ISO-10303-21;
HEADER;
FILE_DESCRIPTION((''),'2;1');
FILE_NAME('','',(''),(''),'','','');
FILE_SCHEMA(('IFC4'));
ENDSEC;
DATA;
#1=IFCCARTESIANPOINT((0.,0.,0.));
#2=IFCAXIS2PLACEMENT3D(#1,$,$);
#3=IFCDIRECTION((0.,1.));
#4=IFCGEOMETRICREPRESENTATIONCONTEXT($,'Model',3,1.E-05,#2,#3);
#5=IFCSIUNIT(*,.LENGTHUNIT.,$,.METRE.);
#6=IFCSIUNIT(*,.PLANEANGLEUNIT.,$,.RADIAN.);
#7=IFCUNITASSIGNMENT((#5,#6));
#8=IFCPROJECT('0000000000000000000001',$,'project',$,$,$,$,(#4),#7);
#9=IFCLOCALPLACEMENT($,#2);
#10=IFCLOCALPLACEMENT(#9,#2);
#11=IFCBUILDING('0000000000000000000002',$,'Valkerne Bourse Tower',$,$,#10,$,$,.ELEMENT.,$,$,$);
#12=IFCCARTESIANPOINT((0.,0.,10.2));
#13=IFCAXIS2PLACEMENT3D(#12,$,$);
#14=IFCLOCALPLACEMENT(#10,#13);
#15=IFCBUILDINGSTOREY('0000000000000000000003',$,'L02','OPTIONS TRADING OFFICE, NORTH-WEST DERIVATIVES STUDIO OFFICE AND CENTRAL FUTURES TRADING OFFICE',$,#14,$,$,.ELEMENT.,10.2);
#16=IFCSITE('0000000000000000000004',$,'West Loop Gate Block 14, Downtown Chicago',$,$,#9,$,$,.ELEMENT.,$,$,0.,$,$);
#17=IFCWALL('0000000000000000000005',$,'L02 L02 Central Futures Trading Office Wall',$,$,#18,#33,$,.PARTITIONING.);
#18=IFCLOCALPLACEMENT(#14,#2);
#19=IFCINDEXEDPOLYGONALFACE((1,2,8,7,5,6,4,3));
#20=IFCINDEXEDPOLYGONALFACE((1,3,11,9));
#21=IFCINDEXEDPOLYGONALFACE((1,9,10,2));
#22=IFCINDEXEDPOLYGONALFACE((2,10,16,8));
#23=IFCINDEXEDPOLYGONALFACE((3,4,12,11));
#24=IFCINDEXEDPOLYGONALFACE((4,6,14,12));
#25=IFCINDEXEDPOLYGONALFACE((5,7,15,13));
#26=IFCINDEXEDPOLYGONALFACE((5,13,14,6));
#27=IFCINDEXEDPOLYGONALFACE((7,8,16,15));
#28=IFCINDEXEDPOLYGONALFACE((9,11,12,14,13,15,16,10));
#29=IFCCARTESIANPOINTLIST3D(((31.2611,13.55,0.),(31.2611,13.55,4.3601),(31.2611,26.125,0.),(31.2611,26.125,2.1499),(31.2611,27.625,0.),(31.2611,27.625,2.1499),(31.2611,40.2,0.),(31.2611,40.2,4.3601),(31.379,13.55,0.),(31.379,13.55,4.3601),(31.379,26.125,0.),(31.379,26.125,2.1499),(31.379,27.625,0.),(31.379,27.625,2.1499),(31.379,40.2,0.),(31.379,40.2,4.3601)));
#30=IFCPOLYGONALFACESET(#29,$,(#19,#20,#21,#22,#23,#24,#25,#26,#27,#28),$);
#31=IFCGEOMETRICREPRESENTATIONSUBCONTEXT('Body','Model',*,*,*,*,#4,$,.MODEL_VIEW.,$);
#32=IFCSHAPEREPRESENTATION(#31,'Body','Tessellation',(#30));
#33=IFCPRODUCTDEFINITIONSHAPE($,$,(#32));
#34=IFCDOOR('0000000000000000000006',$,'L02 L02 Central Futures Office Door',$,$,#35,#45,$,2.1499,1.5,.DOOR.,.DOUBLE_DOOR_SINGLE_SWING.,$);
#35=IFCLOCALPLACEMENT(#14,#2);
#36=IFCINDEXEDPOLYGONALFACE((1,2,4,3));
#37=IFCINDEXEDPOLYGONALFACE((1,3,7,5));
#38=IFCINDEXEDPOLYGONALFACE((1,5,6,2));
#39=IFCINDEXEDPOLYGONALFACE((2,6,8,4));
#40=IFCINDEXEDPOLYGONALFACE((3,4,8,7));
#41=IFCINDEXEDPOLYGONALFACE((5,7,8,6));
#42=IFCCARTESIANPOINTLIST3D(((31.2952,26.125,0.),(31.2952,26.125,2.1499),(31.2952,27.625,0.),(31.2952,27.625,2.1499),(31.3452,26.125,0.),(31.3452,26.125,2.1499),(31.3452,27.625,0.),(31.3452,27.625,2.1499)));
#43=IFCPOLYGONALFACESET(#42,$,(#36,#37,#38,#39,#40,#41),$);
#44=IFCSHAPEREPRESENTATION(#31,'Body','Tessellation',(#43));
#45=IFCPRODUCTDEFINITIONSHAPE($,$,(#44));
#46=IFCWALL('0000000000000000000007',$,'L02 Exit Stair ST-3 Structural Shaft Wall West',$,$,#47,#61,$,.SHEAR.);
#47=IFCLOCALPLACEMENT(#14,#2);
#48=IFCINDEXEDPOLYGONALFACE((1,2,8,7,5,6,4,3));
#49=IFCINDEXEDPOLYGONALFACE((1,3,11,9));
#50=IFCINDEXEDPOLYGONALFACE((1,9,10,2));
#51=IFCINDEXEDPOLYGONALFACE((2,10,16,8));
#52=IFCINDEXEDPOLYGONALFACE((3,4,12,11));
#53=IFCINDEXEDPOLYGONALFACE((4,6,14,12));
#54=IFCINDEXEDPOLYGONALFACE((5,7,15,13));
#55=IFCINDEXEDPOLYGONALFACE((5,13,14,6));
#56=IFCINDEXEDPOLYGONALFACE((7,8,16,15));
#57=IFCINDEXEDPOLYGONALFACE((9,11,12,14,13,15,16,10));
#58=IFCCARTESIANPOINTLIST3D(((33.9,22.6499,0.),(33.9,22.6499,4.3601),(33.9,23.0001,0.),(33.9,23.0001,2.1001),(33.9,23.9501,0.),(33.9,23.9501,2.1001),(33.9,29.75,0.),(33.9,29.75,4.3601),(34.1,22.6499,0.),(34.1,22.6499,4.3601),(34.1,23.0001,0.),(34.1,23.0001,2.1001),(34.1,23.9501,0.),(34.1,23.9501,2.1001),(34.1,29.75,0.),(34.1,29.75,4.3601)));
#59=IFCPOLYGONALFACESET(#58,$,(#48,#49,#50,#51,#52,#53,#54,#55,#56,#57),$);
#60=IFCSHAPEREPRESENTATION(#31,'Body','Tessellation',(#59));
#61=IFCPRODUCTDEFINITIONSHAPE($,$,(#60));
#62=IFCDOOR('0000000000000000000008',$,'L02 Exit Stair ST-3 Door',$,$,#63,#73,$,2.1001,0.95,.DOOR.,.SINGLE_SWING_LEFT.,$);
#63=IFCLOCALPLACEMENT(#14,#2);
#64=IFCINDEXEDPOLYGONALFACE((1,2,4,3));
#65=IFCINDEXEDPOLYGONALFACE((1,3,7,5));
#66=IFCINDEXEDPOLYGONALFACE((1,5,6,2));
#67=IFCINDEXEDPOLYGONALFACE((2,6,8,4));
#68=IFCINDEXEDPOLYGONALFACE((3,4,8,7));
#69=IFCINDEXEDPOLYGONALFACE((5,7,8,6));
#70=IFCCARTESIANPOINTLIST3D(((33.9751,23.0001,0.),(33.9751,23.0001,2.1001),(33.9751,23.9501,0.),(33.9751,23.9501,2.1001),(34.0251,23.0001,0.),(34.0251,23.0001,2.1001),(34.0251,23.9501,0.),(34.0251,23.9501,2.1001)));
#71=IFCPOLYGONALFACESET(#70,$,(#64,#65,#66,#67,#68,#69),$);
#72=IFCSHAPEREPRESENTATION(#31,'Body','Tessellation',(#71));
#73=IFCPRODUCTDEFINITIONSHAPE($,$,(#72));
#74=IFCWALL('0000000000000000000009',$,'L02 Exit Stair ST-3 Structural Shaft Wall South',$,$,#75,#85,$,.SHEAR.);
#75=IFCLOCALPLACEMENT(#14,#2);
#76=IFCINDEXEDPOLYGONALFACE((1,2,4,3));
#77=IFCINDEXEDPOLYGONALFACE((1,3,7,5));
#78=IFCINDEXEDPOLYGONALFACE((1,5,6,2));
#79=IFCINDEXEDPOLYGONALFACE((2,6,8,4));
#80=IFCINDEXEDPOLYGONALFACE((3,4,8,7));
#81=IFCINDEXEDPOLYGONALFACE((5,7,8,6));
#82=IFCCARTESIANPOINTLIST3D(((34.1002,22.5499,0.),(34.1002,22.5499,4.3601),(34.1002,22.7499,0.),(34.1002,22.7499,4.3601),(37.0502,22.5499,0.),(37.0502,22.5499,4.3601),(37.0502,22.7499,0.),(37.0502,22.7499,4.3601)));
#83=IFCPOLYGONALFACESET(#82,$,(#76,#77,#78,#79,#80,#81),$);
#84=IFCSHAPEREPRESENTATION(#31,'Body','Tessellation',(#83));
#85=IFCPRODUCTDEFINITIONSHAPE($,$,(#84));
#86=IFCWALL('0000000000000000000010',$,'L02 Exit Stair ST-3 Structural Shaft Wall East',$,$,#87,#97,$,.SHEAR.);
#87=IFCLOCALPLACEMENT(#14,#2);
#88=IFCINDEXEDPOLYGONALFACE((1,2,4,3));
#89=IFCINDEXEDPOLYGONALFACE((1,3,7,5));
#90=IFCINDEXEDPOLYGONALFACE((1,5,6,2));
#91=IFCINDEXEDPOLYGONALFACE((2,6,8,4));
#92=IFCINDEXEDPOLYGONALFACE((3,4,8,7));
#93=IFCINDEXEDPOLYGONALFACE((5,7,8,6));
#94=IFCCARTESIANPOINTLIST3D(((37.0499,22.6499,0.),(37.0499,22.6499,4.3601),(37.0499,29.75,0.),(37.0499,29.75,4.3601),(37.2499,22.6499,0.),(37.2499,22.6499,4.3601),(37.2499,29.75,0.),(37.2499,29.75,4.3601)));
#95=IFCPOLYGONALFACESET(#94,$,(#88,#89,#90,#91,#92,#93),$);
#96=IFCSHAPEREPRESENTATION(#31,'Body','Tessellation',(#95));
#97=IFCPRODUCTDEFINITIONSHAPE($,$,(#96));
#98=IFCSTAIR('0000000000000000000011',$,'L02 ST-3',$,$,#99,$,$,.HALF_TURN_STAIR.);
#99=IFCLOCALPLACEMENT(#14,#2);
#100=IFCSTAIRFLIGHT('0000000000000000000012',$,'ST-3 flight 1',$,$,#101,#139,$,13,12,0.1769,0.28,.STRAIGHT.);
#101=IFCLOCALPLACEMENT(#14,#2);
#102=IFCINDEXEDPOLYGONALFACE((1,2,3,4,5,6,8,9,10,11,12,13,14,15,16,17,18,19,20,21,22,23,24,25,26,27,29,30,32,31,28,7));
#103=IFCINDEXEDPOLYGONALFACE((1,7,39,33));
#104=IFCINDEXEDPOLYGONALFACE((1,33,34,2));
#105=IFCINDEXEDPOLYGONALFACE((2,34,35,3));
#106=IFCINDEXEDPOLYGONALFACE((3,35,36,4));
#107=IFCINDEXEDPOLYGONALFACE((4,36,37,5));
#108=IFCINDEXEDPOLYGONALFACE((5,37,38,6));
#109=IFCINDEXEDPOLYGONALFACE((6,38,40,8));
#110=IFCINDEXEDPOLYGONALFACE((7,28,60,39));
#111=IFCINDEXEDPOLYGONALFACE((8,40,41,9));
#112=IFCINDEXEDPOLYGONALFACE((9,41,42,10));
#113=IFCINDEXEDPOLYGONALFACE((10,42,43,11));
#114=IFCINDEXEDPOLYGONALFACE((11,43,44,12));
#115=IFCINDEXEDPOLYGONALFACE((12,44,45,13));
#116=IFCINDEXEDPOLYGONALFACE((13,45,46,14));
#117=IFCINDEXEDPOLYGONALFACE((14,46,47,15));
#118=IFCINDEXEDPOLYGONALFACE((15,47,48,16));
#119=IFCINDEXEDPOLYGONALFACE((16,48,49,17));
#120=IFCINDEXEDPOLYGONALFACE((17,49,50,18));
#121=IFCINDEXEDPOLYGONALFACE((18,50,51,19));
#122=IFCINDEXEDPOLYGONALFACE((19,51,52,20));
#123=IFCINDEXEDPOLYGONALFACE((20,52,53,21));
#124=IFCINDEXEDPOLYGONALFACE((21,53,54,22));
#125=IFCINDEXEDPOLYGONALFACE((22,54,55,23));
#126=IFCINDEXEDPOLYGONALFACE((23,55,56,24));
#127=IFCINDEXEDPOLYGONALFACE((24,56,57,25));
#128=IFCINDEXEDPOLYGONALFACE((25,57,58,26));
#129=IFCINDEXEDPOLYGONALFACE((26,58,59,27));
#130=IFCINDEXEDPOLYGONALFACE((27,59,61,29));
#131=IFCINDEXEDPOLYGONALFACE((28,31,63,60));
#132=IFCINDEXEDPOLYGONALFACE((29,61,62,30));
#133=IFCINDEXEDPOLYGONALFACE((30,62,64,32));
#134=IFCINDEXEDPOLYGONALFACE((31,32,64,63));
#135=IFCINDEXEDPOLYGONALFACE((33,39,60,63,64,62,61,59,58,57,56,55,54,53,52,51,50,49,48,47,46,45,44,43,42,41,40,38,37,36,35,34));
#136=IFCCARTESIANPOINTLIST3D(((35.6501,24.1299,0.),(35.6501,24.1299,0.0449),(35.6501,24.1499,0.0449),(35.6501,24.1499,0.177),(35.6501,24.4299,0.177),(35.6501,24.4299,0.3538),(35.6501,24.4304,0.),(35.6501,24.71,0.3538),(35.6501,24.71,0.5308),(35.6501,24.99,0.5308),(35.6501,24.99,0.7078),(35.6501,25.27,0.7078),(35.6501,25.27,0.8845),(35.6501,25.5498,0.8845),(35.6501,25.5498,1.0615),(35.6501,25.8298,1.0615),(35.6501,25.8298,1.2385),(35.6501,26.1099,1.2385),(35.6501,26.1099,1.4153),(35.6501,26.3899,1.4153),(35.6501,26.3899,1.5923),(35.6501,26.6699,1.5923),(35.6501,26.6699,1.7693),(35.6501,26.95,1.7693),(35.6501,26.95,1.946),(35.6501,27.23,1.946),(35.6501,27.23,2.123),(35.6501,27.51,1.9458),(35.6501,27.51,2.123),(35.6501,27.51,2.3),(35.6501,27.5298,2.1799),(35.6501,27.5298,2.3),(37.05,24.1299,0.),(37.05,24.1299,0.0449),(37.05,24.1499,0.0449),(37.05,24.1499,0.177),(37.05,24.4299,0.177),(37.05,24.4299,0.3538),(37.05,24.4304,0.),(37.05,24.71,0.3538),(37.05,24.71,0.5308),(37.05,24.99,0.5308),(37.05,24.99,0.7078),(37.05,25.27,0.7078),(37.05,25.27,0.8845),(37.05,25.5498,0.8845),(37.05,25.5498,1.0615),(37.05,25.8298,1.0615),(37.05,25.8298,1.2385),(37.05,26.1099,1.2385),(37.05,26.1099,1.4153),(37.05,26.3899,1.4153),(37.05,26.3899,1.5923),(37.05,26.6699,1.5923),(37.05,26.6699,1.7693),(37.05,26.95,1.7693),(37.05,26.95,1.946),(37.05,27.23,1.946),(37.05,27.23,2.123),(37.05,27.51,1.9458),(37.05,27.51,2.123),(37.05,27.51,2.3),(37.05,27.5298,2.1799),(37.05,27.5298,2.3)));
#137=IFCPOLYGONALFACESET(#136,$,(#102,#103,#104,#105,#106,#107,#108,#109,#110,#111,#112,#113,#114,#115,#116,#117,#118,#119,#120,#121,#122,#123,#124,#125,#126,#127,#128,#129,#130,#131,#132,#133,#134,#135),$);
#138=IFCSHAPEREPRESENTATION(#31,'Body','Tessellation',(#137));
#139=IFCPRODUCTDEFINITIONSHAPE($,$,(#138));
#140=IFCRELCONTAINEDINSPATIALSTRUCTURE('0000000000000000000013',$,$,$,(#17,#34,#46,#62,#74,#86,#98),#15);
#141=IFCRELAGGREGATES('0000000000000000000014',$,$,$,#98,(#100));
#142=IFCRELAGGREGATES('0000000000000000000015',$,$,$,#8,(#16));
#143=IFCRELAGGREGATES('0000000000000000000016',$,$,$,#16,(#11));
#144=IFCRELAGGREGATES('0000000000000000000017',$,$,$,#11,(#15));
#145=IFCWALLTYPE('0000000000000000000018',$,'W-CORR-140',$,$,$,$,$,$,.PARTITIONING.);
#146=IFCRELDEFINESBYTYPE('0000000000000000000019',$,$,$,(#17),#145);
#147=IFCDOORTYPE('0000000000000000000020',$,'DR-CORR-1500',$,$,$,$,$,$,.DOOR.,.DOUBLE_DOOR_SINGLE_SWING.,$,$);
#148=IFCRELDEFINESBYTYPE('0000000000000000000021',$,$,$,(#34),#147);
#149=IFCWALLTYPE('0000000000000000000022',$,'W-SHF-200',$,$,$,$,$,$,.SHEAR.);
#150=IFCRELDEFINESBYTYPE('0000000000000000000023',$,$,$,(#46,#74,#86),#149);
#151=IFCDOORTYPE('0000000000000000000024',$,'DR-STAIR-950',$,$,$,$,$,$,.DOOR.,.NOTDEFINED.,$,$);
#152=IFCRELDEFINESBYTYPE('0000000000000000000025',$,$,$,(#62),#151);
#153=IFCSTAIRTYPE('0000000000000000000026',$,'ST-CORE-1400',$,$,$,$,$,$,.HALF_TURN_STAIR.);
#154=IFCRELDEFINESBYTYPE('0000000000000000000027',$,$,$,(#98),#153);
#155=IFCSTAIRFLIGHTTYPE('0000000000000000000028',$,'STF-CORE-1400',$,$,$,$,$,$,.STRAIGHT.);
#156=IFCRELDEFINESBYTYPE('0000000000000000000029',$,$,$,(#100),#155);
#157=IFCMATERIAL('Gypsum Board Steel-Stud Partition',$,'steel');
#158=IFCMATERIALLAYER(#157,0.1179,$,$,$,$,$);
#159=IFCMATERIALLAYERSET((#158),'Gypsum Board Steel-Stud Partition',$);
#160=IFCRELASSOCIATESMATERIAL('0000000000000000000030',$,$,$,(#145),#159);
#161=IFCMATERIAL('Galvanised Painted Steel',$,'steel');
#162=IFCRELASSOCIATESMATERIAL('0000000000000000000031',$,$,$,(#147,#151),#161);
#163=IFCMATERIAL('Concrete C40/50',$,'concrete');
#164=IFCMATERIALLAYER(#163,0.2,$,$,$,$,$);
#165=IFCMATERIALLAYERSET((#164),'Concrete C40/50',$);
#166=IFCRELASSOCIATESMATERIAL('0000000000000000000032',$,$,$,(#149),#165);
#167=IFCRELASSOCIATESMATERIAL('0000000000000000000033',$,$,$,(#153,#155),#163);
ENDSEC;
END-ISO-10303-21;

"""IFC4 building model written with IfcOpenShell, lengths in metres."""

from ifc_helpers import new_model, si_unit, direction, frame, frame_2d, origin, place, context, subcontext, project, spatial, polyline, rectangle, outline, extrude, material, layer, layer_set, type_object, element, fill, aggregate, save


model = new_model("IFC4")

# Units and contexts
model_context = context("Model", 3, precision=1e-05, world=origin(), true_north=direction((0.0, 1.0)))
body_context = subcontext(model_context, "Body", "Model", "MODEL_VIEW")
ifc_project = project(units=[si_unit("LENGTHUNIT", "METRE"), si_unit("PLANEANGLEUNIT", "RADIAN")], contexts=[model_context])

# Site, building, storey
site_placement = place(None, origin())
site = spatial("IfcSite", under=ifc_project, at=site_placement, Name="West Loop Gate Block 14, Downtown Chicago", CompositionType="ELEMENT", RefElevation=0.0)
building_placement = place(site_placement, origin())
building = spatial("IfcBuilding", under=site, at=building_placement, Name="Valkerne Bourse Tower", CompositionType="ELEMENT")
storey_placement = place(building_placement, frame((0.0, 0.0, 10.2)))
storey = spatial("IfcBuildingStorey", under=building, at=storey_placement, Name="L02", Description="OPTIONS TRADING OFFICE, NORTH-WEST DERIVATIVES STUDIO OFFICE AND CENTRAL FUTURES TRADING OFFICE", CompositionType="ELEMENT", Elevation=10.2)

# Shared definitions
ifc_material_1 = material(Name="Galvanised Painted Steel", Category="steel")

# Walls, openings, doors
ifc_material_2 = material(Name="Gypsum Board Steel-Stud Partition", Category="steel")
ifc_layer_1 = layer(ifc_material_2, 0.1179)
ifc_layer_set_1 = layer_set([ifc_layer_1], Name="Gypsum Board Steel-Stud Partition")
wall_type_1 = type_object("IfcWallType", Name="W-CORR-140", PredefinedType="PARTITIONING", material=ifc_layer_set_1)
wall_1_placement = place(storey_placement, frame((31.3201, 13.55, 0.0), z_axis=(0.0, 0.0, 1.0), x_axis=(0.0, 1.0, 0.0)))
wall_1 = element("IfcWall", 1, at=wall_1_placement, inside=storey, type_object=wall_type_1, Name="L02 L02 Central Futures Trading Office Wall", PredefinedType="PARTITIONING", context=body_context, shape_type="SweptSolid", body=[
    extrude(rectangle(XDim=26.6499, YDim=0.1179, at=frame_2d((13.325, 0.0))), origin(), (0.0, 0.0, 1.0), 4.3601),
])
opening_1_placement = place(wall_1_placement, frame((12.575, 0.0, 0.0)))
opening_1 = element("IfcOpeningElement", 2, at=opening_1_placement, cuts=wall_1, PredefinedType="OPENING", context=body_context, shape_type="SweptSolid", body=[
    extrude(rectangle(XDim=1.5, YDim=2.1499, at=frame_2d((0.75, 1.075))), frame((0.0, 0.0688, 0.0), z_axis=(0.0, -1.0, 0.0), x_axis=(1.0, 0.0, 0.0)), (0.0, 0.0, 1.0), 0.1379),
])
door_type_1 = type_object("IfcDoorType", Name="DR-CORR-1500", OperationType="DOUBLE_DOOR_SINGLE_SWING", PredefinedType="DOOR", material=ifc_material_1)
door_1_placement = place(opening_1_placement, origin())
door_1 = element("IfcDoor", 3, at=door_1_placement, inside=storey, type_object=door_type_1, Name="L02 L02 Central Futures Office Door", OperationType="DOUBLE_DOOR_SINGLE_SWING", OverallHeight=2.1499, OverallWidth=1.5, PredefinedType="DOOR", context=body_context, shape_type="SweptSolid", body=[
    extrude(rectangle(XDim=1.5, YDim=2.1499, at=frame_2d((0.75, 1.075))), frame((0.0, 0.0249, 0.0), z_axis=(0.0, -1.0, 0.0), x_axis=(1.0, 0.0, 0.0)), (0.0, 0.0, 1.0), 0.05),
])
fill(opening_1, door_1)
ifc_material_3 = material(Name="Concrete C40/50", Category="concrete")
ifc_layer_2 = layer(ifc_material_3, 0.2)
ifc_layer_set_2 = layer_set([ifc_layer_2], Name="Concrete C40/50")
wall_type_2 = type_object("IfcWallType", Name="W-SHF-200", PredefinedType="SHEAR", material=ifc_layer_set_2)
wall_2_placement = place(storey_placement, frame((34.0, 22.6499, 0.0), z_axis=(0.0, 0.0, 1.0), x_axis=(0.0, 1.0, 0.0)))
wall_2 = element("IfcWall", 4, at=wall_2_placement, inside=storey, type_object=wall_type_2, Name="L02 Exit Stair ST-3 Structural Shaft Wall West", PredefinedType="SHEAR", context=body_context, shape_type="SweptSolid", body=[
    extrude(rectangle(XDim=7.1001, YDim=0.2, at=frame_2d((3.55, 0.0))), origin(), (0.0, 0.0, 1.0), 4.3601),
])
opening_2_placement = place(wall_2_placement, frame((0.3501, 0.0, 0.0)))
opening_2 = element("IfcOpeningElement", 5, at=opening_2_placement, cuts=wall_2, PredefinedType="OPENING", context=body_context, shape_type="SweptSolid", body=[
    extrude(rectangle(XDim=0.95, YDim=2.1001, at=frame_2d((0.4751, 1.05))), frame((0.0, 0.1099, 0.0), z_axis=(0.0, -1.0, 0.0), x_axis=(1.0, 0.0, 0.0)), (0.0, 0.0, 1.0), 0.22),
])
door_type_2 = type_object("IfcDoorType", Name="DR-STAIR-950", OperationType="NOTDEFINED", PredefinedType="DOOR", material=ifc_material_1)
door_2_placement = place(opening_2_placement, origin())
door_2 = element("IfcDoor", 6, at=door_2_placement, inside=storey, type_object=door_type_2, Name="L02 Exit Stair ST-3 Door", OperationType="SINGLE_SWING_LEFT", OverallHeight=2.1001, OverallWidth=0.95, PredefinedType="DOOR", context=body_context, shape_type="SweptSolid", body=[
    extrude(rectangle(XDim=0.95, YDim=2.1001, at=frame_2d((0.4751, 1.05))), frame((0.0, 0.0249, 0.0), z_axis=(0.0, -1.0, 0.0), x_axis=(1.0, 0.0, 0.0)), (0.0, 0.0, 1.0), 0.05),
])
fill(opening_2, door_2)

# Walls
wall_3_placement = place(storey_placement, frame((34.1001, 22.6499, 0.0), z_axis=(0.0, 0.0, 1.0), x_axis=(1.0, 0.0, 0.0)))
element("IfcWall", 7, at=wall_3_placement, inside=storey, type_object=wall_type_2, Name="L02 Exit Stair ST-3 Structural Shaft Wall South", PredefinedType="SHEAR", context=body_context, shape_type="SweptSolid", body=[
    extrude(rectangle(XDim=2.95, YDim=0.2, at=frame_2d((1.4751, 0.0))), origin(), (0.0, 0.0, 1.0), 4.3601),
])
wall_4_placement = place(storey_placement, frame((37.1499, 22.6499, 0.0), z_axis=(0.0, 0.0, 1.0), x_axis=(0.0, 1.0, 0.0)))
element("IfcWall", 8, at=wall_4_placement, inside=storey, type_object=wall_type_2, Name="L02 Exit Stair ST-3 Structural Shaft Wall East", PredefinedType="SHEAR", context=body_context, shape_type="SweptSolid", body=[
    extrude(rectangle(XDim=7.1001, YDim=0.2, at=frame_2d((3.55, 0.0))), origin(), (0.0, 0.0, 1.0), 4.3601),
])

# Stair, stair flight
stair_type = type_object("IfcStairType", Name="ST-CORE-1400", PredefinedType="HALF_TURN_STAIR", material=ifc_material_3)
stair_placement = place(storey_placement, origin())
stair = element("IfcStair", 9, at=stair_placement, inside=storey, type_object=stair_type, Name="L02 ST-3", PredefinedType="HALF_TURN_STAIR")
stair_flight_type = type_object("IfcStairFlightType", Name="STF-CORE-1400", PredefinedType="STRAIGHT", material=ifc_material_3)
stair_flight_placement = place(storey_placement, frame((36.3501, 24.1499, 0.0), z_axis=(0.0, 0.0, 1.0), x_axis=(0.0, 1.0, 0.0)))
stair_flight = element("IfcStairFlight", 10, at=stair_flight_placement, type_object=stair_flight_type, Name="ST-3 flight 1", NumberOfRisers=13, NumberOfTreads=12, PredefinedType="STRAIGHT", RiserHeight=0.1769, TreadLength=0.28, context=body_context, shape_type="SweptSolid", body=[
    extrude(outline(polyline([(-0.02, 0.0), (-0.02, 0.0449), (0.0, 0.0449), (0.0, 0.177), (0.28, 0.177), (0.28, 0.3538), (0.5601, 0.3538), (0.5601, 0.5308), (0.8401, 0.5308), (0.8401, 0.7078), (1.1201, 0.7078), (1.1201, 0.8845), (1.3999, 0.8845), (1.3999, 1.0615), (1.6799, 1.0615), (1.6799, 1.2385), (1.96, 1.2385), (1.96, 1.4153), (2.24, 1.4153), (2.24, 1.5923), (2.52, 1.5923), (2.52, 1.7693), (2.8, 1.7693), (2.8, 1.946), (3.0801, 1.946), (3.0801, 2.123), (3.3601, 2.123), (3.3601, 2.3), (3.3799, 2.3), (3.3799, 2.1799), (3.3601, 1.9458), (0.2805, 0.0), (-0.02, 0.0)])), frame((0.0, 0.7, 0.0), z_axis=(0.0, -1.0, 0.0), x_axis=(1.0, 0.0, 0.0)), (0.0, 0.0, 1.0), 1.3999),
])
aggregate(stair, [stair_flight])

save(model, "model.ifc")
